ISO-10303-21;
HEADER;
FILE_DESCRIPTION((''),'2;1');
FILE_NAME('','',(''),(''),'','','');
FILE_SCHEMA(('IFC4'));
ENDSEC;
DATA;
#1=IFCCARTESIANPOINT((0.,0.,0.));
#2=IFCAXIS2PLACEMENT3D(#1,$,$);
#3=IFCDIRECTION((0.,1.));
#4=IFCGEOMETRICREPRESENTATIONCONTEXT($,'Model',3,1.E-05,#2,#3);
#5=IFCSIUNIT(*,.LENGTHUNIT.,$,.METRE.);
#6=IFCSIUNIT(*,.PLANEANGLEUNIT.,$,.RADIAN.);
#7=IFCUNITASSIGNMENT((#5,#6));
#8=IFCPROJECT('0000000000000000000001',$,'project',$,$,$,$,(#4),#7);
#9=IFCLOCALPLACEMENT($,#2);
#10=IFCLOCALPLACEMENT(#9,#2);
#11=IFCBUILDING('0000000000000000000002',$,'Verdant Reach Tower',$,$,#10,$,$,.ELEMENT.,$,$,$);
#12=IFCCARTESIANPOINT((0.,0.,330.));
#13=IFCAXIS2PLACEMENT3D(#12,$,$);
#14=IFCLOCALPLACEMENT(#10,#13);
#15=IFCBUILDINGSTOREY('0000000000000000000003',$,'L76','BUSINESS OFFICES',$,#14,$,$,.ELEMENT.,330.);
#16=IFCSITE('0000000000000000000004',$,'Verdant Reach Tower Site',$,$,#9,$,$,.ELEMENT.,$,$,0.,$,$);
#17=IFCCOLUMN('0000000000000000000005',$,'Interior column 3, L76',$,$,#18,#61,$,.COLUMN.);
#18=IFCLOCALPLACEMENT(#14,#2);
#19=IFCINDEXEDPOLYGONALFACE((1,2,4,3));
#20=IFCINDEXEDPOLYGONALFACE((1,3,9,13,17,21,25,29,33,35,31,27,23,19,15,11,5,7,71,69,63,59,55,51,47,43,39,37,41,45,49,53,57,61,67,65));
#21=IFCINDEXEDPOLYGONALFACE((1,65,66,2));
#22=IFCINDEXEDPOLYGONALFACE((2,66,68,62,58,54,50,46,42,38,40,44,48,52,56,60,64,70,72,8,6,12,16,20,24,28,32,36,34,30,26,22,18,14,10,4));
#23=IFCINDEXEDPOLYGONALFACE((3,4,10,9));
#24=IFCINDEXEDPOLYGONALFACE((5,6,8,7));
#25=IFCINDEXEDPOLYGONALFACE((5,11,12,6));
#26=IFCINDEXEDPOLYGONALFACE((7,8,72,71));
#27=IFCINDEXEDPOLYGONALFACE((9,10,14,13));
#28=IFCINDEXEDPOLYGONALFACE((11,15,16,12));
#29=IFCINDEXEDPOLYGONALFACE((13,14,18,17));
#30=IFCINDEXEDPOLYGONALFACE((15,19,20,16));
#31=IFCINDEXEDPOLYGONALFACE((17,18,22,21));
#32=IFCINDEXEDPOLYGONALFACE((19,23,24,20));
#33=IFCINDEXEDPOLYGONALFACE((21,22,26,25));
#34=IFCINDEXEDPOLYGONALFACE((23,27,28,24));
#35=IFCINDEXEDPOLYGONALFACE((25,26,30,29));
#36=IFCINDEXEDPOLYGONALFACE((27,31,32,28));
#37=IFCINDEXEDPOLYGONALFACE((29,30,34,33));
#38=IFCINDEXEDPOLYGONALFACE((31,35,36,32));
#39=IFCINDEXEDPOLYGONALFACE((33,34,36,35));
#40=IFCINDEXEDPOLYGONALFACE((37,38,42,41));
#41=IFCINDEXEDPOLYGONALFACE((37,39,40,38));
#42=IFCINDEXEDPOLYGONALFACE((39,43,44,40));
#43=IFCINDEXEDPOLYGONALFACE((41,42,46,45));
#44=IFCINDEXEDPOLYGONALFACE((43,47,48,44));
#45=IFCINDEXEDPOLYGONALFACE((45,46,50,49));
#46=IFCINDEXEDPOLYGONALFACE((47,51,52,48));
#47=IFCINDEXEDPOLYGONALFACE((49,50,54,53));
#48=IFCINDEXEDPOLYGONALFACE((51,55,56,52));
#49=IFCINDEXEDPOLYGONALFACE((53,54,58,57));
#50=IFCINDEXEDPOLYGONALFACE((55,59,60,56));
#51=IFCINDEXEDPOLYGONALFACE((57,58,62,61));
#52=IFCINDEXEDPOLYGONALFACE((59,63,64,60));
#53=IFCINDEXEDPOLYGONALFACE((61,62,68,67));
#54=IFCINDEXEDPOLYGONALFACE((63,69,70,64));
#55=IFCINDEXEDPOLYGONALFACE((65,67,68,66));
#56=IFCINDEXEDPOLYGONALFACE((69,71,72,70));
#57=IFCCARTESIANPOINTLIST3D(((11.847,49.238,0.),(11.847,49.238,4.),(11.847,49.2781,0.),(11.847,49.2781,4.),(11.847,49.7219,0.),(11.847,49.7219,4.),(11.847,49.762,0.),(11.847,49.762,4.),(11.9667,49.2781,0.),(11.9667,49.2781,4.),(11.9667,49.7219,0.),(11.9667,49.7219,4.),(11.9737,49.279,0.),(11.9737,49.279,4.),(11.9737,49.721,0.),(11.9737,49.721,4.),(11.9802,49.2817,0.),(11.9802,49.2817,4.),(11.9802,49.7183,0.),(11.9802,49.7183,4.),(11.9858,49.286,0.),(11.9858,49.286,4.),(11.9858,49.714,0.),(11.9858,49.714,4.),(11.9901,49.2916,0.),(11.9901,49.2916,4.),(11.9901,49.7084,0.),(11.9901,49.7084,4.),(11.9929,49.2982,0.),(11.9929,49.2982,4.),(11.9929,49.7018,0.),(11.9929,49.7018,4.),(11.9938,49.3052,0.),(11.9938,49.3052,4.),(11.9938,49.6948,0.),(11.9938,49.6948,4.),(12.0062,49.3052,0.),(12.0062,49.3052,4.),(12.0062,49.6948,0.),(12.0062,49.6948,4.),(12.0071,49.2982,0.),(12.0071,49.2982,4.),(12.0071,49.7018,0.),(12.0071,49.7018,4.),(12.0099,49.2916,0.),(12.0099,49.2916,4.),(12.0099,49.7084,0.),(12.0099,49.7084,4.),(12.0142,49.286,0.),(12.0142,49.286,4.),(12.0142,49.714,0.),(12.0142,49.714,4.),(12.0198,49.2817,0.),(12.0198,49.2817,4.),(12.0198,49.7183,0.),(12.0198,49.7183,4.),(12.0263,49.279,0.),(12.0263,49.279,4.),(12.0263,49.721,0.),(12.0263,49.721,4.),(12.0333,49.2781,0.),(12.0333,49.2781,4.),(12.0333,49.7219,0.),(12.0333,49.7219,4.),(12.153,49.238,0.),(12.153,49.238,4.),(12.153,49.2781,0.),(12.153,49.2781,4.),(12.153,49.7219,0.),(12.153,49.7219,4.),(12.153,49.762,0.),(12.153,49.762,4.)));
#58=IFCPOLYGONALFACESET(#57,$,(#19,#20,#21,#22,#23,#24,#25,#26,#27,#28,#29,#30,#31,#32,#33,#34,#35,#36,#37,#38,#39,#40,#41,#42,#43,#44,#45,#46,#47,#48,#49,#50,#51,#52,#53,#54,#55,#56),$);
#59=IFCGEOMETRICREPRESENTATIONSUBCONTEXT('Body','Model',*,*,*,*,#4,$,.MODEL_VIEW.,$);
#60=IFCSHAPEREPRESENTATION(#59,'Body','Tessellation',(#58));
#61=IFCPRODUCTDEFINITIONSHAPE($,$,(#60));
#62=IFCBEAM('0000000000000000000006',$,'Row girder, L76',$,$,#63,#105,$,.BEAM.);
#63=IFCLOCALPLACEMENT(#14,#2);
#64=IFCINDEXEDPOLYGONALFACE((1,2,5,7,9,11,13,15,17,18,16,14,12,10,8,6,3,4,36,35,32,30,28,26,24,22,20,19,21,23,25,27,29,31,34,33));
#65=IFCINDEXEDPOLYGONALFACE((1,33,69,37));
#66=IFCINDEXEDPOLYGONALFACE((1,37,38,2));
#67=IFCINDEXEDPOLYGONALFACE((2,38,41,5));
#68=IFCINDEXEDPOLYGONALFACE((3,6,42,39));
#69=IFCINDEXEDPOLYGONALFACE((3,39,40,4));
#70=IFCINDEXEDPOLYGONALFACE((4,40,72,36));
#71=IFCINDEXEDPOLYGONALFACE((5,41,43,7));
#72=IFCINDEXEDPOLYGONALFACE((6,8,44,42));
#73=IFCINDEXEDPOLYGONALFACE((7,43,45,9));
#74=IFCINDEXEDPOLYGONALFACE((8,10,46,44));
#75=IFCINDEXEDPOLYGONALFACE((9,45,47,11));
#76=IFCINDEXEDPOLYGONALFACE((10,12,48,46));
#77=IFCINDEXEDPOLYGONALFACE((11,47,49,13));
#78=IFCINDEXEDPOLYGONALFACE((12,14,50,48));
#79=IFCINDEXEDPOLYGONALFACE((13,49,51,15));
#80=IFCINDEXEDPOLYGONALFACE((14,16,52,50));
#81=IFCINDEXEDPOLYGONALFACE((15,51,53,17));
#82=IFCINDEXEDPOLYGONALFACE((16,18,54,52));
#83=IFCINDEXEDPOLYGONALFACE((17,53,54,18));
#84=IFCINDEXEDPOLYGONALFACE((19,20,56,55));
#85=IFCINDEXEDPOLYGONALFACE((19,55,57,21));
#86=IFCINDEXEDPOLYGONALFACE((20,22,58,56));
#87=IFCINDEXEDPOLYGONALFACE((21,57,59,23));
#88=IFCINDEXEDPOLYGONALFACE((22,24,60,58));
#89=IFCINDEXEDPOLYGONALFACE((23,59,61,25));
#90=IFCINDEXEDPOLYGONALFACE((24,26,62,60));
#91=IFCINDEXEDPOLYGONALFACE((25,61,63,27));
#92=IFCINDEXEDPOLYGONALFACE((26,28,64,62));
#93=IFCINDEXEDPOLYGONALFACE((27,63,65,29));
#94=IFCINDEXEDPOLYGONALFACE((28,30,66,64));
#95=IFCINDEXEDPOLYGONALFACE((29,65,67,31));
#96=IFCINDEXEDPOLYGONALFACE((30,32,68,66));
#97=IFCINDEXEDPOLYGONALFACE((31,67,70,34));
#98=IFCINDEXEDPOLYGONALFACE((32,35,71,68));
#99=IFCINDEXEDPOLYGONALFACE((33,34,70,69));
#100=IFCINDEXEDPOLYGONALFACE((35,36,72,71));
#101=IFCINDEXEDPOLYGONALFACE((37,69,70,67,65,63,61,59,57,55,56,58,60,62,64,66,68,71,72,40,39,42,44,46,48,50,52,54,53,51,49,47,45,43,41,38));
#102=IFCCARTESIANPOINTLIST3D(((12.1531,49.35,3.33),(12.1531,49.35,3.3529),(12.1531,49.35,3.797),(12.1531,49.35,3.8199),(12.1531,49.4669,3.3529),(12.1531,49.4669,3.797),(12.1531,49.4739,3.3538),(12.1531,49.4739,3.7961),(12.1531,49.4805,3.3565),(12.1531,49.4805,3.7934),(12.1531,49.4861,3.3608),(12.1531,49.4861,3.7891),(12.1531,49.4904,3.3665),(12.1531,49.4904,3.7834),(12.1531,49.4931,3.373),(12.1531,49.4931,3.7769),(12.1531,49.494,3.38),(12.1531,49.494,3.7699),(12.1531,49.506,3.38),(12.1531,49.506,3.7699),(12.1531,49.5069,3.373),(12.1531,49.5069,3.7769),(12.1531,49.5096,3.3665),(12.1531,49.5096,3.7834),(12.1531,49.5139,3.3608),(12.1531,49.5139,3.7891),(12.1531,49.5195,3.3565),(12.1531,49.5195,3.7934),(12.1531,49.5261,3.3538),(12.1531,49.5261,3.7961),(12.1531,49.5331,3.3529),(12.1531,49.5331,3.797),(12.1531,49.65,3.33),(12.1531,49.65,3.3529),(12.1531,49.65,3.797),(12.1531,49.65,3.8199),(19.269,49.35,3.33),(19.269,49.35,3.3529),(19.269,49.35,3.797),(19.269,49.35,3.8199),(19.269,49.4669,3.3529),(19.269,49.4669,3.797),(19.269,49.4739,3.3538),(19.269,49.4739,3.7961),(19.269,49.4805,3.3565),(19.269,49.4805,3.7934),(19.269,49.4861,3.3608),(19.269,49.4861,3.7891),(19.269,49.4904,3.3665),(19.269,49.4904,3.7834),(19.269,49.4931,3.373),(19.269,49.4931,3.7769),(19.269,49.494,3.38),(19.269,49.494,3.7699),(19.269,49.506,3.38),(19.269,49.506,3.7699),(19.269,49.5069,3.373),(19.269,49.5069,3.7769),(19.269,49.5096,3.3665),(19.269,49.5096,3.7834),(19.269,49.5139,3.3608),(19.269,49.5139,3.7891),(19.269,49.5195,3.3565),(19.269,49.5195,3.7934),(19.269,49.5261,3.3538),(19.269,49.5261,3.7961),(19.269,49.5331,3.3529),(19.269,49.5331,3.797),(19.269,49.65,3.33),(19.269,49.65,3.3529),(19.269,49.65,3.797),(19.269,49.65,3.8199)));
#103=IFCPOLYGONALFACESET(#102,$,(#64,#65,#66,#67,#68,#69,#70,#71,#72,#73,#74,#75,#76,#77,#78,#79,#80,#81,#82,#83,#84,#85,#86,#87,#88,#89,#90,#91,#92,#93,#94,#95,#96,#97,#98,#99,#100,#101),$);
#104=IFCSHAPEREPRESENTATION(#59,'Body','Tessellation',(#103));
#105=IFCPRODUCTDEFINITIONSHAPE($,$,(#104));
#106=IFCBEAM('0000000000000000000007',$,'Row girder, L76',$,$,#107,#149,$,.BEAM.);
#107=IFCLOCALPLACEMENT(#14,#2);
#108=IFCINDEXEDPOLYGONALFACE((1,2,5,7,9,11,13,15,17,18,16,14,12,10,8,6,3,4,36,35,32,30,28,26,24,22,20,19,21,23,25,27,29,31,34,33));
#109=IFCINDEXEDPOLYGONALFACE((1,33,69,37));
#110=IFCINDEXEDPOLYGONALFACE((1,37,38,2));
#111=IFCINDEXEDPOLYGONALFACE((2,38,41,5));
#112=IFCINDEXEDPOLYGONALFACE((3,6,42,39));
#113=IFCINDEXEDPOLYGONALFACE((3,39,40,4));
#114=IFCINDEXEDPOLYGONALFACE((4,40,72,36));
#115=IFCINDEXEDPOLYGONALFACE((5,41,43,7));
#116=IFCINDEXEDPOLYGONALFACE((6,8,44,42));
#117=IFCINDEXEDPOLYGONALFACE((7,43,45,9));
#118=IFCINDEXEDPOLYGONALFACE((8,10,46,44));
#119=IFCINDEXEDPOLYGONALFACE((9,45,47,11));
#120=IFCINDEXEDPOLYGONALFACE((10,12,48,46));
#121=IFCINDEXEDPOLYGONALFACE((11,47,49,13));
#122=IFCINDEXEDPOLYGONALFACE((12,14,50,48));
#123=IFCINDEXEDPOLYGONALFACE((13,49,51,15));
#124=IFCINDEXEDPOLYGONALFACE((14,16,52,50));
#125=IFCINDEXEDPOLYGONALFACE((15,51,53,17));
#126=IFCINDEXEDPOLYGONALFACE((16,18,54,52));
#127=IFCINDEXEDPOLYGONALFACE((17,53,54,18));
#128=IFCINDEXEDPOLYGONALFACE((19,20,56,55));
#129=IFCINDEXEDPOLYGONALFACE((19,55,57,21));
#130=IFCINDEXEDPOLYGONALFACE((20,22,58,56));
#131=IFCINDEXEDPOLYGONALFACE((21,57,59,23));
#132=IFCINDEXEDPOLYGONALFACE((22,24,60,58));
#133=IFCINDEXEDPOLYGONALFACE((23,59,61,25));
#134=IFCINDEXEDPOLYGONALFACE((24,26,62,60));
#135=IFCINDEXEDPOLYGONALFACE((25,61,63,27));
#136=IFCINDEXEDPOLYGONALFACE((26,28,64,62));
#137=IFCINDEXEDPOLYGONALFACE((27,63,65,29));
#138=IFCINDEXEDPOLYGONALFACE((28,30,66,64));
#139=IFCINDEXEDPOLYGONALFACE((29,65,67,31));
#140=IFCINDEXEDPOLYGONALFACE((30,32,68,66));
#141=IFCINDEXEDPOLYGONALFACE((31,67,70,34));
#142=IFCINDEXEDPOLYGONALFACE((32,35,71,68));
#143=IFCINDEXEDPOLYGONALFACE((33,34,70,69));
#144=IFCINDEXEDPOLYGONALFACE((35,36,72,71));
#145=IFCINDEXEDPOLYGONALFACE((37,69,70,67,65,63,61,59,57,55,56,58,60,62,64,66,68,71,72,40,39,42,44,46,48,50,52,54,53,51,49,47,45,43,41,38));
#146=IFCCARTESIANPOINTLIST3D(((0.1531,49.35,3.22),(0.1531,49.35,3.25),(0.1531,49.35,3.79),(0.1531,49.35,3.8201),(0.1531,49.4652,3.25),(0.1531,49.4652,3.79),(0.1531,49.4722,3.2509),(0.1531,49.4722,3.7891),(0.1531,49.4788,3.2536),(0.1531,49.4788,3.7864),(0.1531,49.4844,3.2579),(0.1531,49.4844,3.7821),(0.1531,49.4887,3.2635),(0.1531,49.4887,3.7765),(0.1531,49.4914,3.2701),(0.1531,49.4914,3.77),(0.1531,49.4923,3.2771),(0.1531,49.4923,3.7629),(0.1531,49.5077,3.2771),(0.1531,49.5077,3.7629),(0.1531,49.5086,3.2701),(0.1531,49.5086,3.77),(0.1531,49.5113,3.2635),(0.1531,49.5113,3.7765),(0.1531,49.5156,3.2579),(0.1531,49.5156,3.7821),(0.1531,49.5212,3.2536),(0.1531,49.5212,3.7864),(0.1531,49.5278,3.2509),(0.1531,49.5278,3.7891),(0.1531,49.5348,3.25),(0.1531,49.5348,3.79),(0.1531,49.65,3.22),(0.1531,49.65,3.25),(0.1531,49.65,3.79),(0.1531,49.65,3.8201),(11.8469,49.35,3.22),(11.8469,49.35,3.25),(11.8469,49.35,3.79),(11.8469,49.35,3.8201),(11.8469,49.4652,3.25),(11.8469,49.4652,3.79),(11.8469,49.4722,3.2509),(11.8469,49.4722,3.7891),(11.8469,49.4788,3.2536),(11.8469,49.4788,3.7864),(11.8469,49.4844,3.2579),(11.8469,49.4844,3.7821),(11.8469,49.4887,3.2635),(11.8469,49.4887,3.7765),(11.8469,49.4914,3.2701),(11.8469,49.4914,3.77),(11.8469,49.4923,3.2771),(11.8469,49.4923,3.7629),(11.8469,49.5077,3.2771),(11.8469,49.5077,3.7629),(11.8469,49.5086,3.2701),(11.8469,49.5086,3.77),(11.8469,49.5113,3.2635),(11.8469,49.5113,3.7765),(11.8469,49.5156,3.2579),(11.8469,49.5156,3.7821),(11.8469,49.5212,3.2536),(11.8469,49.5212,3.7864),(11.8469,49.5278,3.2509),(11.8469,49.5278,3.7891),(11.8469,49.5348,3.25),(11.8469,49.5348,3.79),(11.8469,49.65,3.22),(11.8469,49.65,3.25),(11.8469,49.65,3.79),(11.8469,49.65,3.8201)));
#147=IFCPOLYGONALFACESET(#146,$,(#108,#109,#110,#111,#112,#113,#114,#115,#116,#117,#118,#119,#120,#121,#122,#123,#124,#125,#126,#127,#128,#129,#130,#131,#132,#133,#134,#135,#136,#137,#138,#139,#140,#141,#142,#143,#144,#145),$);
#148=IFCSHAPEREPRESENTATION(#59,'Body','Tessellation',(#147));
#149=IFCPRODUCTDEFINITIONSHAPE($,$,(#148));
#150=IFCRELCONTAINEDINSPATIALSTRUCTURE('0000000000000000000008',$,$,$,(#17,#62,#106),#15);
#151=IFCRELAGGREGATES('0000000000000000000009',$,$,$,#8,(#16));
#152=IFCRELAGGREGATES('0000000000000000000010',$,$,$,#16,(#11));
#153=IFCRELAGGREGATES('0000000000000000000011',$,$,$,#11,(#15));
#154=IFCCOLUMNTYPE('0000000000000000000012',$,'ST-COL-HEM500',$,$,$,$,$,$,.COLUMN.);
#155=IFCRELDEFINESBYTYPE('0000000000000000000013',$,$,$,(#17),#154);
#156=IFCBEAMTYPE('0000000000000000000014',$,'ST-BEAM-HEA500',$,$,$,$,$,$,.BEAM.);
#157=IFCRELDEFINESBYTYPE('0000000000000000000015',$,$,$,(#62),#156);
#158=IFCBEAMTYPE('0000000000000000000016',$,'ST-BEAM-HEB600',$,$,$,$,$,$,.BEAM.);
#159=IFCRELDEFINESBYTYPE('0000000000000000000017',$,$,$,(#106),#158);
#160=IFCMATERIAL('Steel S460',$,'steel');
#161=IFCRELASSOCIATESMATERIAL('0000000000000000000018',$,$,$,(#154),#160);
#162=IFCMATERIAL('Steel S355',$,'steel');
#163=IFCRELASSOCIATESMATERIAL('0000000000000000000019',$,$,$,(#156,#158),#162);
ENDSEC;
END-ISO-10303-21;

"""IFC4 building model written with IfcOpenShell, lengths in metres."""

from ifc_helpers import new_model, si_unit, direction, frame, origin, origin_2d, place, context, subcontext, project, spatial, i_section, extrude, material, material_profile, profile_set, type_object, element, save


model = new_model("IFC4")

# Units and contexts
model_context = context("Model", 3, precision=1e-05, world=origin(), true_north=direction((0.0, 1.0)))
body_context = subcontext(model_context, "Body", "Model", "MODEL_VIEW")
ifc_project = project(units=[si_unit("LENGTHUNIT", "METRE"), si_unit("PLANEANGLEUNIT", "RADIAN")], contexts=[model_context])

# Site, building, storey
site_placement = place(None, origin())
site = spatial("IfcSite", under=ifc_project, at=site_placement, Name="Verdant Reach Tower Site", CompositionType="ELEMENT", RefElevation=0.0)
building_placement = place(site_placement, origin())
building = spatial("IfcBuilding", under=site, at=building_placement, Name="Verdant Reach Tower", CompositionType="ELEMENT")
storey_placement = place(building_placement, frame((0.0, 0.0, 330.0)))
storey = spatial("IfcBuildingStorey", under=building, at=storey_placement, Name="L76", Description="BUSINESS OFFICES", CompositionType="ELEMENT", Elevation=330.0)

# Column
ifc_material_1 = material(Name="Steel S460", Category="steel")
ifc_material_profile_1 = material_profile(ifc_material_1, i_section(OverallWidth=0.3059, OverallDepth=0.5239, WebThickness=0.0125, FlangeThickness=0.04, FilletRadius=0.0271, at=origin_2d()), Name="HEM 500")
ifc_profile_set_1 = profile_set([ifc_material_profile_1], Name="Steel S460")
column_type = type_object("IfcColumnType", Name="ST-COL-HEM500", PredefinedType="COLUMN", material=ifc_profile_set_1)
column_placement = place(storey_placement, frame((12.0, 49.5, 0.0), z_axis=(0.0, 0.0, 1.0), x_axis=(1.0, 0.0, 0.0)))
element("IfcColumn", 1, at=column_placement, inside=storey, type_object=column_type, Name="Interior column 3, L76", PredefinedType="COLUMN", context=body_context, shape_type="SweptSolid", body=[
    extrude(i_section(OverallWidth=0.3059, OverallDepth=0.5239, WebThickness=0.0125, FlangeThickness=0.04, FilletRadius=0.0271, at=origin_2d()), origin(), (0.0, 0.0, 1.0), 4.0),
])

# Beams
ifc_material_2 = material(Name="Steel S355", Category="steel")
ifc_material_profile_2 = material_profile(ifc_material_2, i_section(OverallWidth=0.3, OverallDepth=0.49, WebThickness=0.012, FlangeThickness=0.0229, FilletRadius=0.0271, at=origin_2d()), Name="HEA 500")
ifc_profile_set_2 = profile_set([ifc_material_profile_2], Name="Steel S355")
beam_type_1 = type_object("IfcBeamType", Name="ST-BEAM-HEA500", PredefinedType="BEAM", material=ifc_profile_set_2)
beam_1_placement = place(storey_placement, frame((12.1531, 49.5, 3.575), z_axis=(1.0, 0.0, 0.0), x_axis=(0.0, 1.0, 0.0)))
element("IfcBeam", 2, at=beam_1_placement, inside=storey, type_object=beam_type_1, Name="Row girder, L76", PredefinedType="BEAM", context=body_context, shape_type="SweptSolid", body=[
    extrude(i_section(OverallWidth=0.3, OverallDepth=0.49, WebThickness=0.012, FlangeThickness=0.0229, FilletRadius=0.0271, at=origin_2d()), origin(), (0.0, 0.0, 1.0), 7.116),
])
ifc_material_profile_3 = material_profile(ifc_material_2, i_section(OverallWidth=0.3, OverallDepth=0.6001, WebThickness=0.0154, FlangeThickness=0.03, FilletRadius=0.0271, at=origin_2d()), Name="HEB 600")
ifc_profile_set_3 = profile_set([ifc_material_profile_3], Name="Steel S355")
beam_type_2 = type_object("IfcBeamType", Name="ST-BEAM-HEB600", PredefinedType="BEAM", material=ifc_profile_set_3)
beam_2_placement = place(storey_placement, frame((0.1531, 49.5, 3.52), z_axis=(1.0, 0.0, 0.0), x_axis=(0.0, 1.0, 0.0)))
element("IfcBeam", 3, at=beam_2_placement, inside=storey, type_object=beam_type_2, Name="Row girder, L76", PredefinedType="BEAM", context=body_context, shape_type="SweptSolid", body=[
    extrude(i_section(OverallWidth=0.3, OverallDepth=0.6001, WebThickness=0.0154, FlangeThickness=0.03, FilletRadius=0.0271, at=origin_2d()), origin(), (0.0, 0.0, 1.0), 11.6938),
])

save(model, "model.ifc")
